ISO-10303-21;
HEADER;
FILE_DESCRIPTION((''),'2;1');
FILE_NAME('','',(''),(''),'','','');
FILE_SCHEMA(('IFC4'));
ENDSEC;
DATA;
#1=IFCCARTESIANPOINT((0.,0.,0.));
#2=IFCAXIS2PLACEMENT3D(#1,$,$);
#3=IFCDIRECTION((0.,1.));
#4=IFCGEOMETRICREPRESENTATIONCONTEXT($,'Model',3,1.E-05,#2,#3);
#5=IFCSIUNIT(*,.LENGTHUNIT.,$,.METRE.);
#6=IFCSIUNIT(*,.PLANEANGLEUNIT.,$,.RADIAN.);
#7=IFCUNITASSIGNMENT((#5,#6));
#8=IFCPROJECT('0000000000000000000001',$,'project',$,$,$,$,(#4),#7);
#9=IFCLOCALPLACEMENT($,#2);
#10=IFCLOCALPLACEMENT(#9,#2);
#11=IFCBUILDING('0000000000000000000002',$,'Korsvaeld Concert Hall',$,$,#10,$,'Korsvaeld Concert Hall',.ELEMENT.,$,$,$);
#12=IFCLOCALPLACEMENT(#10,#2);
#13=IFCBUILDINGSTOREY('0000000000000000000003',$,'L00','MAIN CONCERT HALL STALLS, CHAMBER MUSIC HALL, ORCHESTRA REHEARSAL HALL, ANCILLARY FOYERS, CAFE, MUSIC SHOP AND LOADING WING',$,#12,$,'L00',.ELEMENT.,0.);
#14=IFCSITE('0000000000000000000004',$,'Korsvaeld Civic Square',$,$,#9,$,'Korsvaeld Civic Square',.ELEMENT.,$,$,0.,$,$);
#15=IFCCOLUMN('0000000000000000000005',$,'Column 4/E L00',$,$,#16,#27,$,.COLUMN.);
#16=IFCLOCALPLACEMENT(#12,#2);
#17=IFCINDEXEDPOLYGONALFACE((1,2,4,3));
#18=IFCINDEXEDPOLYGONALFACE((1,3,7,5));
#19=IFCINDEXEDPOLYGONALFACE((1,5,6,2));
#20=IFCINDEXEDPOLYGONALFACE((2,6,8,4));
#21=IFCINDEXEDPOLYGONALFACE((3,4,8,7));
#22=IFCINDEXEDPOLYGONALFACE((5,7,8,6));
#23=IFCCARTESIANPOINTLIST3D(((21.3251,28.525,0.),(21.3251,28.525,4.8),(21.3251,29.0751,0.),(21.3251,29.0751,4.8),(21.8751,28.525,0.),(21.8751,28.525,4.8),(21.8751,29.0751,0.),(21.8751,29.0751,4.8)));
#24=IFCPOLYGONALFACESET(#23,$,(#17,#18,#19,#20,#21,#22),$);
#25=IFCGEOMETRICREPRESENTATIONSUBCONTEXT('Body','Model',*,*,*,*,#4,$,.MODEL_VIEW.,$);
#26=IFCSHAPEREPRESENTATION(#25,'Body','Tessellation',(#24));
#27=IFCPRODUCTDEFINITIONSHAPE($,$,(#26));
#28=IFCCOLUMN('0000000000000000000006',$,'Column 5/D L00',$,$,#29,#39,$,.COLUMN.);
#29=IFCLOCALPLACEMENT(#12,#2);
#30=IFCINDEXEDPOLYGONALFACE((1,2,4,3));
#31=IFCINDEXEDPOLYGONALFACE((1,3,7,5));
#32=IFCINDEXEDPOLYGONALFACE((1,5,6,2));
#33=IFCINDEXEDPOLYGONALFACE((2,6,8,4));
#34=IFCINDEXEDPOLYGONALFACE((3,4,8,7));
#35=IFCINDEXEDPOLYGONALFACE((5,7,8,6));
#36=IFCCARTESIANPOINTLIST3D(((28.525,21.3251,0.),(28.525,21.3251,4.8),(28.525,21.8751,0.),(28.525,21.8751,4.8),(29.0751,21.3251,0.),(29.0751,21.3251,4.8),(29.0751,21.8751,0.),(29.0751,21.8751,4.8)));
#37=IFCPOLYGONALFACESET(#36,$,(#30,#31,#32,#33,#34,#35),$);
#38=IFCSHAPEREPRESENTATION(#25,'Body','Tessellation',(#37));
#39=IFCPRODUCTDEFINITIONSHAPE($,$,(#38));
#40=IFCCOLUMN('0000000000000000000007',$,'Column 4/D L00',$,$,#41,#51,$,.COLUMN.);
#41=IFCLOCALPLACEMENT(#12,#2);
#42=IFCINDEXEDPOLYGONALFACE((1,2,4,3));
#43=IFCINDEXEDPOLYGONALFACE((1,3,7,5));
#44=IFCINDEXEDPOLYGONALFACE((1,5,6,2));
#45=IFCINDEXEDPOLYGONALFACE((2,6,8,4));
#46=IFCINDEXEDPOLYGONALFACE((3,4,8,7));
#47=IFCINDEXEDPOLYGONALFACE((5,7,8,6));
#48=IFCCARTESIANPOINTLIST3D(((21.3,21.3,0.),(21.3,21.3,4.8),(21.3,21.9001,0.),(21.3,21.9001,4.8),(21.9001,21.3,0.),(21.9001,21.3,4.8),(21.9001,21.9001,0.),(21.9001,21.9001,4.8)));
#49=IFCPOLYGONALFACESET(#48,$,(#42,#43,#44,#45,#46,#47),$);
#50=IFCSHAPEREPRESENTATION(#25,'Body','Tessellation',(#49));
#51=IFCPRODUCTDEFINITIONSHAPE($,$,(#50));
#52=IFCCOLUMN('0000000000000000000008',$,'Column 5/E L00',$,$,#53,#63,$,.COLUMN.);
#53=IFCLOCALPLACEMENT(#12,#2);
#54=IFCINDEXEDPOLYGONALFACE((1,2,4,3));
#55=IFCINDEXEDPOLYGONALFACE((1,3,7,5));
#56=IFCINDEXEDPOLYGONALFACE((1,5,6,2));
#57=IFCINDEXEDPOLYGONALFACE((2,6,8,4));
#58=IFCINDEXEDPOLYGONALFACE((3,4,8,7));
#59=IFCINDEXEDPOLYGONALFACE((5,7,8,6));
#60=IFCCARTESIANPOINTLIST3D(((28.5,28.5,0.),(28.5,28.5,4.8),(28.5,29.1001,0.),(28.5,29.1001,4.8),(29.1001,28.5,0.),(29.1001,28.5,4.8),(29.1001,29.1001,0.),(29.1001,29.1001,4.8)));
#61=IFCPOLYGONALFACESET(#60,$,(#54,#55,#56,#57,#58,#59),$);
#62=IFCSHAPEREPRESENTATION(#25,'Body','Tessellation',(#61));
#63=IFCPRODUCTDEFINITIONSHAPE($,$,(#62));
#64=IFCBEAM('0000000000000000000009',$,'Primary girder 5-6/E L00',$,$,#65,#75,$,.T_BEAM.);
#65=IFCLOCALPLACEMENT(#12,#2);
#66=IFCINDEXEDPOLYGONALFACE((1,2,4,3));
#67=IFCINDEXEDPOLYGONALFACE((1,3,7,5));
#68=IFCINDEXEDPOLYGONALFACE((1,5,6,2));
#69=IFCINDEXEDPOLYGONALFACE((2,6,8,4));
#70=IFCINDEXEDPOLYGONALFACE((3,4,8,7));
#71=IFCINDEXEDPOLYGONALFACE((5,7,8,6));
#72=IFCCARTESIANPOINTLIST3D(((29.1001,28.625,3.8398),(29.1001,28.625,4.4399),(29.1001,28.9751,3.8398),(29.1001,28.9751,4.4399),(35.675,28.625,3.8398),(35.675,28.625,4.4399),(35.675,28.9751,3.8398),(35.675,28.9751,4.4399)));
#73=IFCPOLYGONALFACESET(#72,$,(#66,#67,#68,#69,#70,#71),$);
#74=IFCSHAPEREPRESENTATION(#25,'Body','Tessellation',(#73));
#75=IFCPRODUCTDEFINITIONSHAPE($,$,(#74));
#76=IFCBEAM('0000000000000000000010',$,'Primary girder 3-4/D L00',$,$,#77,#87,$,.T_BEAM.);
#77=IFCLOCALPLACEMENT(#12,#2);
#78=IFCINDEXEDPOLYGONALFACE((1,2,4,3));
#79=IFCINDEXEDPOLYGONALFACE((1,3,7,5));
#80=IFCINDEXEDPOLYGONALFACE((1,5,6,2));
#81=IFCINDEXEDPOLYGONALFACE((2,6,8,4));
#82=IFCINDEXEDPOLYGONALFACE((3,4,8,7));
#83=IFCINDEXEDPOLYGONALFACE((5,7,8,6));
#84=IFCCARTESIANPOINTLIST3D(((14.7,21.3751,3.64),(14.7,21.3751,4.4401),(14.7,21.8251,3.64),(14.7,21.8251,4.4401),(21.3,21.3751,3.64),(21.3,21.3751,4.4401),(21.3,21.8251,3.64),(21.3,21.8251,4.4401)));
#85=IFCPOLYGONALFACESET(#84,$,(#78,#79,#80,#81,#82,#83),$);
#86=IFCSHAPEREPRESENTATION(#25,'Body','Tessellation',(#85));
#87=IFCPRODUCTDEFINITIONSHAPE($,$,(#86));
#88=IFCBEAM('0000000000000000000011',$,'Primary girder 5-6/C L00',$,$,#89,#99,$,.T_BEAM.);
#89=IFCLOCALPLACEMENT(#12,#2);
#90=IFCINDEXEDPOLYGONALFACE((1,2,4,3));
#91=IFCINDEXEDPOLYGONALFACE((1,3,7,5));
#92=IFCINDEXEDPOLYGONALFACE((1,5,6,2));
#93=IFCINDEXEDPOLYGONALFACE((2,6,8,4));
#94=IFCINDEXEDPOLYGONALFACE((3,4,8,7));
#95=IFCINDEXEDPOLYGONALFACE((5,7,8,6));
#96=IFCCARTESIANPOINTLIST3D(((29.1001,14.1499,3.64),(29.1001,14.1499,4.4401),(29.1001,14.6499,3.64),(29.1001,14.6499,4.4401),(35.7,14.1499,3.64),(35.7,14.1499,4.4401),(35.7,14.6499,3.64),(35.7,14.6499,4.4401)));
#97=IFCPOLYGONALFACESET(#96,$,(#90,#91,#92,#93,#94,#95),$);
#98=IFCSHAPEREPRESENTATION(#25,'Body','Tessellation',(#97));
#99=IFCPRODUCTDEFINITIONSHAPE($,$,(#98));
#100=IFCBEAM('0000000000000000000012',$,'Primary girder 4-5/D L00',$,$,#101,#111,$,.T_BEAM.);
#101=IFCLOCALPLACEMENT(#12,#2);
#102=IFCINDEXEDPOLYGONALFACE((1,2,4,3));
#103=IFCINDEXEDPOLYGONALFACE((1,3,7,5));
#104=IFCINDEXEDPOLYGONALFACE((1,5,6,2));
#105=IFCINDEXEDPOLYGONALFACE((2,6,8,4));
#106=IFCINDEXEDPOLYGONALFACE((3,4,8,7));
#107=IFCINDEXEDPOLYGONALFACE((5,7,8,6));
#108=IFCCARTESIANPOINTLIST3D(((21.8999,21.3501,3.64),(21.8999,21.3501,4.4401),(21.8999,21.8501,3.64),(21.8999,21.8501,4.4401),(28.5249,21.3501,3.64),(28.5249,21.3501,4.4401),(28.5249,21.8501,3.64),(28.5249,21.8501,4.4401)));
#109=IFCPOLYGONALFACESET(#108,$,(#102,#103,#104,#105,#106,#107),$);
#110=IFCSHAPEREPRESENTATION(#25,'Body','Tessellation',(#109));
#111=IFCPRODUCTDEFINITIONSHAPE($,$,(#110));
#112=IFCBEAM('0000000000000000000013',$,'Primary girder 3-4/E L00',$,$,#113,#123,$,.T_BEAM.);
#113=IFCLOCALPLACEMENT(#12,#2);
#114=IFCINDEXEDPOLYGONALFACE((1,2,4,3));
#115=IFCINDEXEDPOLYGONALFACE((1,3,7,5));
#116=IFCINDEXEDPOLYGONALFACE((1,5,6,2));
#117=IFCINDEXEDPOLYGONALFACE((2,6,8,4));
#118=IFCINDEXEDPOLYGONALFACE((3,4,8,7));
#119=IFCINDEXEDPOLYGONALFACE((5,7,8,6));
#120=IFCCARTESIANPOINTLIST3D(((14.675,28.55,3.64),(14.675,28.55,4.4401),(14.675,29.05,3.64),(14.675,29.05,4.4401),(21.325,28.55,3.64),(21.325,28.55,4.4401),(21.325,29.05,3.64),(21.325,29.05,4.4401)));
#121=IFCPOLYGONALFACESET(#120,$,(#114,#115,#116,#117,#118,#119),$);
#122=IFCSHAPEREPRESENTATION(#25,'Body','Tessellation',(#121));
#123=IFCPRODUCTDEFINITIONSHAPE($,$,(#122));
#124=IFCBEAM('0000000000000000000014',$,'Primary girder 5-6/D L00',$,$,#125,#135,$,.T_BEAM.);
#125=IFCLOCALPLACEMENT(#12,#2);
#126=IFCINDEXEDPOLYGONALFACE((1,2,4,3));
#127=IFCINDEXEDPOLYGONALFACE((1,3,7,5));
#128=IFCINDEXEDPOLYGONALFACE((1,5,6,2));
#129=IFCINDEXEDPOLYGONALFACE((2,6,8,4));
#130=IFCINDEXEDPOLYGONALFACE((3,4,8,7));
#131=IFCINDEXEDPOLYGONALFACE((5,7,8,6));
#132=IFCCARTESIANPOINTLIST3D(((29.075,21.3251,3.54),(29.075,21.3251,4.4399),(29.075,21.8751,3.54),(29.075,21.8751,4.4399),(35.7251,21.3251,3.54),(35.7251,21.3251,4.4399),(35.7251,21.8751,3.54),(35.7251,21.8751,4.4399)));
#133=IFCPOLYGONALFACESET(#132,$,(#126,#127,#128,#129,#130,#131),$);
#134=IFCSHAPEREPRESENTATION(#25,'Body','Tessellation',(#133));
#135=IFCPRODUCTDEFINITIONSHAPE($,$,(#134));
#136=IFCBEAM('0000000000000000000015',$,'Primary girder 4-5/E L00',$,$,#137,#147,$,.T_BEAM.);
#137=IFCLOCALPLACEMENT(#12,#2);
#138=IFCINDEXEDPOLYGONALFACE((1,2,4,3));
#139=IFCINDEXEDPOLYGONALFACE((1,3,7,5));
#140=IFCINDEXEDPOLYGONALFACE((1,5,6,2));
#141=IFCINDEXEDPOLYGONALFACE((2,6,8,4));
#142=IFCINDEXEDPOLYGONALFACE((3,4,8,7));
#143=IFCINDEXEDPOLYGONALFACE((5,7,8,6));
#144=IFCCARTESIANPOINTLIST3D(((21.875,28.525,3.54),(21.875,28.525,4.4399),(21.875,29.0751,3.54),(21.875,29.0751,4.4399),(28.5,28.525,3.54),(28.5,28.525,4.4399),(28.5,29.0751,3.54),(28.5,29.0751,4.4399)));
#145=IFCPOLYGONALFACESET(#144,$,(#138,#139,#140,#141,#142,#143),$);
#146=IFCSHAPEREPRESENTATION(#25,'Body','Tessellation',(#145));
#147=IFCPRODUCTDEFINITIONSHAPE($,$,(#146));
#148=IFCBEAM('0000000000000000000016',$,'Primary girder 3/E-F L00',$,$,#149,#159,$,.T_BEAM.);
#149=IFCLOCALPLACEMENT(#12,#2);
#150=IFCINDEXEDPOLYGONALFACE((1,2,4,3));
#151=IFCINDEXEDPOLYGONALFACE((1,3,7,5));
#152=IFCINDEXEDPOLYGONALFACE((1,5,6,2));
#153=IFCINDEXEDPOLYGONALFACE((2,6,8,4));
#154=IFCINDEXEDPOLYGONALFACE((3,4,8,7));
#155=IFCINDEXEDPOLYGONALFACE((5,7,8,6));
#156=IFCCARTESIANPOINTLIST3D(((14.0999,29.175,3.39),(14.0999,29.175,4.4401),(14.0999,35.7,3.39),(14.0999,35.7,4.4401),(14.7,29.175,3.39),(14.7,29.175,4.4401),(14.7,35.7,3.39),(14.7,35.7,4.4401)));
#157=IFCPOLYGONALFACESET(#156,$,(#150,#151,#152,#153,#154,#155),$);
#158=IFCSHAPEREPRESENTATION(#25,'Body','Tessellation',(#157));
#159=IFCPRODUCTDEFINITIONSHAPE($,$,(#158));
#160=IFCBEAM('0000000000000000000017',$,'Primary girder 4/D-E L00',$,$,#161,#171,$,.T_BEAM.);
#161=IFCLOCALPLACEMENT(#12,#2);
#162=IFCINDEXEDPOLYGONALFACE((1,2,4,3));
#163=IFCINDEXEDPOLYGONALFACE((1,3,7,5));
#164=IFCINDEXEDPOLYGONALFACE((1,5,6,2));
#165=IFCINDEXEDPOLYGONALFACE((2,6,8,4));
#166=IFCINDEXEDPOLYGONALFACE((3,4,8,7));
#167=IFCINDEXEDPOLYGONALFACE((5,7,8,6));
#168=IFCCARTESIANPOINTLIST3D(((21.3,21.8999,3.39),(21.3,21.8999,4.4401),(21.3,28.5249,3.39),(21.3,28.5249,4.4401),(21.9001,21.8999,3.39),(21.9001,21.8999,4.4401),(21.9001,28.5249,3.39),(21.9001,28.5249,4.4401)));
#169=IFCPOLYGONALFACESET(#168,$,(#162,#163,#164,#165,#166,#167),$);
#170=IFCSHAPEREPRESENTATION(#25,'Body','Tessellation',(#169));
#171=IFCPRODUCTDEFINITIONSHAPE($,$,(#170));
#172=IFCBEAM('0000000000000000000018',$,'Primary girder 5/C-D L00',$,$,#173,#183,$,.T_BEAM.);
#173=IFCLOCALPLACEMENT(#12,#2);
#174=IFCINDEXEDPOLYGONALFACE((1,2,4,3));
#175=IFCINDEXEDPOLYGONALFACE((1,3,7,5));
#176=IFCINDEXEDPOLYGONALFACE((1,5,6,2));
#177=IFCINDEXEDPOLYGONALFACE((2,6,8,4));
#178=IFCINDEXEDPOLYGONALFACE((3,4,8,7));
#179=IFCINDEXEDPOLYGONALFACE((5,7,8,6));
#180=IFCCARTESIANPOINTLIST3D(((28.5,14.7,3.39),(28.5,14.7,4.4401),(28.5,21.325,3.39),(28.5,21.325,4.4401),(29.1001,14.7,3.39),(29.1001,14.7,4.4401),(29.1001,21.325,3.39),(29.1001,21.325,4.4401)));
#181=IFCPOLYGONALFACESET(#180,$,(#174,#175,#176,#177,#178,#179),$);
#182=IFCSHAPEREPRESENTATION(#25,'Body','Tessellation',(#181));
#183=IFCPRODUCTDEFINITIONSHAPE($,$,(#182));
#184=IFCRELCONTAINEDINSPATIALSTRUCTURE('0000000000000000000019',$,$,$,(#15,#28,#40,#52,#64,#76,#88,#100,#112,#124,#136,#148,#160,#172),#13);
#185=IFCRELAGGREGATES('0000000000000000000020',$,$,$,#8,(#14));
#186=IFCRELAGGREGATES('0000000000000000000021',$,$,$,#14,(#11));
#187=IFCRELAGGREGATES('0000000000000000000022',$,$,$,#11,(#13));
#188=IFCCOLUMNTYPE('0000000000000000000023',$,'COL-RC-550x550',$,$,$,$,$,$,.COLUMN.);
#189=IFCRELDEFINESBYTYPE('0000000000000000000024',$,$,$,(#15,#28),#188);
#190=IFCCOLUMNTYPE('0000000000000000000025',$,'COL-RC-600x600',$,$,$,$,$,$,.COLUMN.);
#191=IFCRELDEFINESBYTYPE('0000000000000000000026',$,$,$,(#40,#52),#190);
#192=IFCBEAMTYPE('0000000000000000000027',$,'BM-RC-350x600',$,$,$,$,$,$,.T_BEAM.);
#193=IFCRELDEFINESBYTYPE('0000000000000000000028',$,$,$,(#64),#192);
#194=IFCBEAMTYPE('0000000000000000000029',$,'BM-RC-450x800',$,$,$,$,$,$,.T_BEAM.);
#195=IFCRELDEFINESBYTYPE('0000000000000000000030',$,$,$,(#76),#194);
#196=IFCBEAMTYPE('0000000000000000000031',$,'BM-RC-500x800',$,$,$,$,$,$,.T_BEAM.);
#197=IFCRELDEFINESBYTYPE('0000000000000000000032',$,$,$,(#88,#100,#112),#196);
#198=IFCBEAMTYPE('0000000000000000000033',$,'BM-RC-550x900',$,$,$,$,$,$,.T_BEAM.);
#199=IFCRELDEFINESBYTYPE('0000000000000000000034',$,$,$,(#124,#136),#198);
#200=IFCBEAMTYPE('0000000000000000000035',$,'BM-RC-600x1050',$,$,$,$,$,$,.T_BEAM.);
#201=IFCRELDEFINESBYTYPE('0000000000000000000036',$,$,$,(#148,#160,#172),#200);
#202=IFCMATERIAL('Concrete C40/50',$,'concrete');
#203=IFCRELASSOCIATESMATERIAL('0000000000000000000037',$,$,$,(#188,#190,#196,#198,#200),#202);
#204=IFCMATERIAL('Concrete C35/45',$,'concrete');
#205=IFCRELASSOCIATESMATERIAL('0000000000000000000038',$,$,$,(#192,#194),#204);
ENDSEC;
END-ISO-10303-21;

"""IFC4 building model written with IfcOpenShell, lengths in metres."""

from ifc_helpers import new_model, si_unit, direction, frame, origin, origin_2d, place, context, subcontext, project, spatial, rectangle, extrude, material, material_profile, profile_set, type_object, element, save


model = new_model("IFC4")

# Units and contexts
model_context = context("Model", 3, precision=1e-05, world=origin(), true_north=direction((0.0, 1.0)))
body_context = subcontext(model_context, "Body", "Model", "MODEL_VIEW")
ifc_project = project(units=[si_unit("LENGTHUNIT", "METRE"), si_unit("PLANEANGLEUNIT", "RADIAN")], contexts=[model_context])

# Site, building, storey
site_placement = place(None, origin())
site = spatial("IfcSite", under=ifc_project, at=site_placement, Name="Korsvaeld Civic Square", LongName="Korsvaeld Civic Square", CompositionType="ELEMENT", RefElevation=0.0)
building_placement = place(site_placement, origin())
building = spatial("IfcBuilding", under=site, at=building_placement, Name="Korsvaeld Concert Hall", LongName="Korsvaeld Concert Hall", CompositionType="ELEMENT")
storey_placement = place(building_placement, origin())
storey = spatial("IfcBuildingStorey", under=building, at=storey_placement, Name="L00", Description="MAIN CONCERT HALL STALLS, CHAMBER MUSIC HALL, ORCHESTRA REHEARSAL HALL, ANCILLARY FOYERS, CAFE, MUSIC SHOP AND LOADING WING", LongName="L00", CompositionType="ELEMENT", Elevation=0.0)

# Columns
ifc_material_1 = material(Name="Concrete C40/50", Category="concrete")
ifc_material_profile_1 = material_profile(ifc_material_1, rectangle(XDim=0.55, YDim=0.55, at=origin_2d()), Name="RC 550x550")
ifc_profile_set_1 = profile_set([ifc_material_profile_1], Name="Concrete C40/50")
column_type_1 = type_object("IfcColumnType", Name="COL-RC-550x550", PredefinedType="COLUMN", material=ifc_profile_set_1)
for number, where, z_axis, x_axis, name in (
    (1, (21.6001, 28.8, 0.0), (0.0, 0.0, 1.0), (1.0, 0.0, 0.0), "Column 4/E L00"),
    (2, (28.8, 21.6001, 0.0), (0.0, 0.0, 1.0), (1.0, 0.0, 0.0), "Column 5/D L00"),
):
    element("IfcColumn", number, at=place(storey_placement, frame(where, z_axis=z_axis, x_axis=x_axis)), inside=storey, type_object=column_type_1, Name=name, PredefinedType="COLUMN", context=body_context, shape_type="SweptSolid", body=[
        extrude(rectangle(XDim=0.55, YDim=0.55, at=origin_2d()), origin(), (0.0, 0.0, 1.0), 4.8),
    ])
ifc_material_profile_2 = material_profile(ifc_material_1, rectangle(XDim=0.6001, YDim=0.6001, at=origin_2d()), Name="RC 600x600")
ifc_profile_set_2 = profile_set([ifc_material_profile_2], Name="Concrete C40/50")
column_type_2 = type_object("IfcColumnType", Name="COL-RC-600x600", PredefinedType="COLUMN", material=ifc_profile_set_2)
for number, where, z_axis, x_axis, name in (
    (3, (21.6001, 21.6001, 0.0), (0.0, 0.0, 1.0), (1.0, 0.0, 0.0), "Column 4/D L00"),
    (4, (28.8, 28.8, 0.0), (0.0, 0.0, 1.0), (1.0, 0.0, 0.0), "Column 5/E L00"),
):
    element("IfcColumn", number, at=place(storey_placement, frame(where, z_axis=z_axis, x_axis=x_axis)), inside=storey, type_object=column_type_2, Name=name, PredefinedType="COLUMN", context=body_context, shape_type="SweptSolid", body=[
        extrude(rectangle(XDim=0.6001, YDim=0.6001, at=origin_2d()), origin(), (0.0, 0.0, 1.0), 4.8),
    ])

# Beams
ifc_material_2 = material(Name="Concrete C35/45", Category="concrete")
ifc_material_profile_3 = material_profile(ifc_material_2, rectangle(XDim=0.3501, YDim=0.6001, at=origin_2d()), Name="RC 350x600")
ifc_profile_set_3 = profile_set([ifc_material_profile_3], Name="Concrete C35/45")
beam_type_1 = type_object("IfcBeamType", Name="BM-RC-350x600", PredefinedType="T_BEAM", material=ifc_profile_set_3)
beam_1_placement = place(storey_placement, frame((29.1001, 28.8, 4.1399), z_axis=(1.0, 0.0, 0.0), x_axis=(0.0, 1.0, 0.0)))
element("IfcBeam", 5, at=beam_1_placement, inside=storey, type_object=beam_type_1, Name="Primary girder 5-6/E L00", PredefinedType="T_BEAM", context=body_context, shape_type="SweptSolid", body=[
    extrude(rectangle(XDim=0.3501, YDim=0.6001, at=origin_2d()), origin(), (0.0, 0.0, 1.0), 6.575),
])
ifc_material_profile_4 = material_profile(ifc_material_2, rectangle(XDim=0.45, YDim=0.8, at=origin_2d()), Name="RC 450x800")
ifc_profile_set_4 = profile_set([ifc_material_profile_4], Name="Concrete C35/45")
beam_type_2 = type_object("IfcBeamType", Name="BM-RC-450x800", PredefinedType="T_BEAM", material=ifc_profile_set_4)
beam_2_placement = place(storey_placement, frame((14.7, 21.6001, 4.04), z_axis=(1.0, 0.0, 0.0), x_axis=(0.0, 1.0, 0.0)))
element("IfcBeam", 6, at=beam_2_placement, inside=storey, type_object=beam_type_2, Name="Primary girder 3-4/D L00", PredefinedType="T_BEAM", context=body_context, shape_type="SweptSolid", body=[
    extrude(rectangle(XDim=0.45, YDim=0.8, at=origin_2d()), origin(), (0.0, 0.0, 1.0), 6.6001),
])
ifc_material_profile_5 = material_profile(ifc_material_1, rectangle(XDim=0.5, YDim=0.8, at=origin_2d()), Name="RC 500x800")
ifc_profile_set_5 = profile_set([ifc_material_profile_5], Name="Concrete C40/50")
beam_type_3 = type_object("IfcBeamType", Name="BM-RC-500x800", PredefinedType="T_BEAM", material=ifc_profile_set_5)
beam_3_placement = place(storey_placement, frame((29.1001, 14.3999, 4.04), z_axis=(1.0, 0.0, 0.0), x_axis=(0.0, 1.0, 0.0)))
element("IfcBeam", 7, at=beam_3_placement, inside=storey, type_object=beam_type_3, Name="Primary girder 5-6/C L00", PredefinedType="T_BEAM", context=body_context, shape_type="SweptSolid", body=[
    extrude(rectangle(XDim=0.5, YDim=0.8, at=origin_2d()), origin(), (0.0, 0.0, 1.0), 6.5999),
])
beam_4_placement = place(storey_placement, frame((21.8999, 21.6001, 4.04), z_axis=(1.0, 0.0, 0.0), x_axis=(0.0, 1.0, 0.0)))
element("IfcBeam", 8, at=beam_4_placement, inside=storey, type_object=beam_type_3, Name="Primary girder 4-5/D L00", PredefinedType="T_BEAM", context=body_context, shape_type="SweptSolid", body=[
    extrude(rectangle(XDim=0.5, YDim=0.8, at=origin_2d()), origin(), (0.0, 0.0, 1.0), 6.625),
])
beam_5_placement = place(storey_placement, frame((14.675, 28.8, 4.04), z_axis=(1.0, 0.0, 0.0), x_axis=(0.0, 1.0, 0.0)))
element("IfcBeam", 9, at=beam_5_placement, inside=storey, type_object=beam_type_3, Name="Primary girder 3-4/E L00", PredefinedType="T_BEAM", context=body_context, shape_type="SweptSolid", body=[
    extrude(rectangle(XDim=0.5, YDim=0.8, at=origin_2d()), origin(), (0.0, 0.0, 1.0), 6.6499),
])
ifc_material_profile_6 = material_profile(ifc_material_1, rectangle(XDim=0.55, YDim=0.8999, at=origin_2d()), Name="RC 550x900")
ifc_profile_set_6 = profile_set([ifc_material_profile_6], Name="Concrete C40/50")
beam_type_4 = type_object("IfcBeamType", Name="BM-RC-550x900", PredefinedType="T_BEAM", material=ifc_profile_set_6)
beam_6_placement = place(storey_placement, frame((29.075, 21.6001, 3.99), z_axis=(1.0, 0.0, 0.0), x_axis=(0.0, 1.0, 0.0)))
element("IfcBeam", 10, at=beam_6_placement, inside=storey, type_object=beam_type_4, Name="Primary girder 5-6/D L00", PredefinedType="T_BEAM", context=body_context, shape_type="SweptSolid", body=[
    extrude(rectangle(XDim=0.55, YDim=0.8999, at=origin_2d()), origin(), (0.0, 0.0, 1.0), 6.6501),
])
beam_7_placement = place(storey_placement, frame((21.875, 28.8, 3.99), z_axis=(1.0, 0.0, 0.0), x_axis=(0.0, 1.0, 0.0)))
element("IfcBeam", 11, at=beam_7_placement, inside=storey, type_object=beam_type_4, Name="Primary girder 4-5/E L00", PredefinedType="T_BEAM", context=body_context, shape_type="SweptSolid", body=[
    extrude(rectangle(XDim=0.55, YDim=0.8999, at=origin_2d()), origin(), (0.0, 0.0, 1.0), 6.625),
])
ifc_material_profile_7 = material_profile(ifc_material_1, rectangle(XDim=0.6001, YDim=1.05, at=origin_2d()), Name="RC 600x1050")
ifc_profile_set_7 = profile_set([ifc_material_profile_7], Name="Concrete C40/50")
beam_type_5 = type_object("IfcBeamType", Name="BM-RC-600x1050", PredefinedType="T_BEAM", material=ifc_profile_set_7)
beam_8_placement = place(storey_placement, frame((14.3999, 29.175, 3.915), z_axis=(0.0, 1.0, 0.0), x_axis=(-1.0, 0.0, 0.0)))
element("IfcBeam", 12, at=beam_8_placement, inside=storey, type_object=beam_type_5, Name="Primary girder 3/E-F L00", PredefinedType="T_BEAM", context=body_context, shape_type="SweptSolid", body=[
    extrude(rectangle(XDim=0.6001, YDim=1.05, at=origin_2d()), origin(), (0.0, 0.0, 1.0), 6.5249),
])
for number, where, z_axis, x_axis, name in (
    (13, (21.6001, 21.8999, 3.915), (0.0, 1.0, 0.0), (-1.0, 0.0, 0.0), "Primary girder 4/D-E L00"),
    (14, (28.8, 14.7, 3.915), (0.0, 1.0, 0.0), (-1.0, 0.0, 0.0), "Primary girder 5/C-D L00"),
):
    element("IfcBeam", number, at=place(storey_placement, frame(where, z_axis=z_axis, x_axis=x_axis)), inside=storey, type_object=beam_type_5, Name=name, PredefinedType="T_BEAM", context=body_context, shape_type="SweptSolid", body=[
        extrude(rectangle(XDim=0.6001, YDim=1.05, at=origin_2d()), origin(), (0.0, 0.0, 1.0), 6.625),
    ])

save(model, "model.ifc")
